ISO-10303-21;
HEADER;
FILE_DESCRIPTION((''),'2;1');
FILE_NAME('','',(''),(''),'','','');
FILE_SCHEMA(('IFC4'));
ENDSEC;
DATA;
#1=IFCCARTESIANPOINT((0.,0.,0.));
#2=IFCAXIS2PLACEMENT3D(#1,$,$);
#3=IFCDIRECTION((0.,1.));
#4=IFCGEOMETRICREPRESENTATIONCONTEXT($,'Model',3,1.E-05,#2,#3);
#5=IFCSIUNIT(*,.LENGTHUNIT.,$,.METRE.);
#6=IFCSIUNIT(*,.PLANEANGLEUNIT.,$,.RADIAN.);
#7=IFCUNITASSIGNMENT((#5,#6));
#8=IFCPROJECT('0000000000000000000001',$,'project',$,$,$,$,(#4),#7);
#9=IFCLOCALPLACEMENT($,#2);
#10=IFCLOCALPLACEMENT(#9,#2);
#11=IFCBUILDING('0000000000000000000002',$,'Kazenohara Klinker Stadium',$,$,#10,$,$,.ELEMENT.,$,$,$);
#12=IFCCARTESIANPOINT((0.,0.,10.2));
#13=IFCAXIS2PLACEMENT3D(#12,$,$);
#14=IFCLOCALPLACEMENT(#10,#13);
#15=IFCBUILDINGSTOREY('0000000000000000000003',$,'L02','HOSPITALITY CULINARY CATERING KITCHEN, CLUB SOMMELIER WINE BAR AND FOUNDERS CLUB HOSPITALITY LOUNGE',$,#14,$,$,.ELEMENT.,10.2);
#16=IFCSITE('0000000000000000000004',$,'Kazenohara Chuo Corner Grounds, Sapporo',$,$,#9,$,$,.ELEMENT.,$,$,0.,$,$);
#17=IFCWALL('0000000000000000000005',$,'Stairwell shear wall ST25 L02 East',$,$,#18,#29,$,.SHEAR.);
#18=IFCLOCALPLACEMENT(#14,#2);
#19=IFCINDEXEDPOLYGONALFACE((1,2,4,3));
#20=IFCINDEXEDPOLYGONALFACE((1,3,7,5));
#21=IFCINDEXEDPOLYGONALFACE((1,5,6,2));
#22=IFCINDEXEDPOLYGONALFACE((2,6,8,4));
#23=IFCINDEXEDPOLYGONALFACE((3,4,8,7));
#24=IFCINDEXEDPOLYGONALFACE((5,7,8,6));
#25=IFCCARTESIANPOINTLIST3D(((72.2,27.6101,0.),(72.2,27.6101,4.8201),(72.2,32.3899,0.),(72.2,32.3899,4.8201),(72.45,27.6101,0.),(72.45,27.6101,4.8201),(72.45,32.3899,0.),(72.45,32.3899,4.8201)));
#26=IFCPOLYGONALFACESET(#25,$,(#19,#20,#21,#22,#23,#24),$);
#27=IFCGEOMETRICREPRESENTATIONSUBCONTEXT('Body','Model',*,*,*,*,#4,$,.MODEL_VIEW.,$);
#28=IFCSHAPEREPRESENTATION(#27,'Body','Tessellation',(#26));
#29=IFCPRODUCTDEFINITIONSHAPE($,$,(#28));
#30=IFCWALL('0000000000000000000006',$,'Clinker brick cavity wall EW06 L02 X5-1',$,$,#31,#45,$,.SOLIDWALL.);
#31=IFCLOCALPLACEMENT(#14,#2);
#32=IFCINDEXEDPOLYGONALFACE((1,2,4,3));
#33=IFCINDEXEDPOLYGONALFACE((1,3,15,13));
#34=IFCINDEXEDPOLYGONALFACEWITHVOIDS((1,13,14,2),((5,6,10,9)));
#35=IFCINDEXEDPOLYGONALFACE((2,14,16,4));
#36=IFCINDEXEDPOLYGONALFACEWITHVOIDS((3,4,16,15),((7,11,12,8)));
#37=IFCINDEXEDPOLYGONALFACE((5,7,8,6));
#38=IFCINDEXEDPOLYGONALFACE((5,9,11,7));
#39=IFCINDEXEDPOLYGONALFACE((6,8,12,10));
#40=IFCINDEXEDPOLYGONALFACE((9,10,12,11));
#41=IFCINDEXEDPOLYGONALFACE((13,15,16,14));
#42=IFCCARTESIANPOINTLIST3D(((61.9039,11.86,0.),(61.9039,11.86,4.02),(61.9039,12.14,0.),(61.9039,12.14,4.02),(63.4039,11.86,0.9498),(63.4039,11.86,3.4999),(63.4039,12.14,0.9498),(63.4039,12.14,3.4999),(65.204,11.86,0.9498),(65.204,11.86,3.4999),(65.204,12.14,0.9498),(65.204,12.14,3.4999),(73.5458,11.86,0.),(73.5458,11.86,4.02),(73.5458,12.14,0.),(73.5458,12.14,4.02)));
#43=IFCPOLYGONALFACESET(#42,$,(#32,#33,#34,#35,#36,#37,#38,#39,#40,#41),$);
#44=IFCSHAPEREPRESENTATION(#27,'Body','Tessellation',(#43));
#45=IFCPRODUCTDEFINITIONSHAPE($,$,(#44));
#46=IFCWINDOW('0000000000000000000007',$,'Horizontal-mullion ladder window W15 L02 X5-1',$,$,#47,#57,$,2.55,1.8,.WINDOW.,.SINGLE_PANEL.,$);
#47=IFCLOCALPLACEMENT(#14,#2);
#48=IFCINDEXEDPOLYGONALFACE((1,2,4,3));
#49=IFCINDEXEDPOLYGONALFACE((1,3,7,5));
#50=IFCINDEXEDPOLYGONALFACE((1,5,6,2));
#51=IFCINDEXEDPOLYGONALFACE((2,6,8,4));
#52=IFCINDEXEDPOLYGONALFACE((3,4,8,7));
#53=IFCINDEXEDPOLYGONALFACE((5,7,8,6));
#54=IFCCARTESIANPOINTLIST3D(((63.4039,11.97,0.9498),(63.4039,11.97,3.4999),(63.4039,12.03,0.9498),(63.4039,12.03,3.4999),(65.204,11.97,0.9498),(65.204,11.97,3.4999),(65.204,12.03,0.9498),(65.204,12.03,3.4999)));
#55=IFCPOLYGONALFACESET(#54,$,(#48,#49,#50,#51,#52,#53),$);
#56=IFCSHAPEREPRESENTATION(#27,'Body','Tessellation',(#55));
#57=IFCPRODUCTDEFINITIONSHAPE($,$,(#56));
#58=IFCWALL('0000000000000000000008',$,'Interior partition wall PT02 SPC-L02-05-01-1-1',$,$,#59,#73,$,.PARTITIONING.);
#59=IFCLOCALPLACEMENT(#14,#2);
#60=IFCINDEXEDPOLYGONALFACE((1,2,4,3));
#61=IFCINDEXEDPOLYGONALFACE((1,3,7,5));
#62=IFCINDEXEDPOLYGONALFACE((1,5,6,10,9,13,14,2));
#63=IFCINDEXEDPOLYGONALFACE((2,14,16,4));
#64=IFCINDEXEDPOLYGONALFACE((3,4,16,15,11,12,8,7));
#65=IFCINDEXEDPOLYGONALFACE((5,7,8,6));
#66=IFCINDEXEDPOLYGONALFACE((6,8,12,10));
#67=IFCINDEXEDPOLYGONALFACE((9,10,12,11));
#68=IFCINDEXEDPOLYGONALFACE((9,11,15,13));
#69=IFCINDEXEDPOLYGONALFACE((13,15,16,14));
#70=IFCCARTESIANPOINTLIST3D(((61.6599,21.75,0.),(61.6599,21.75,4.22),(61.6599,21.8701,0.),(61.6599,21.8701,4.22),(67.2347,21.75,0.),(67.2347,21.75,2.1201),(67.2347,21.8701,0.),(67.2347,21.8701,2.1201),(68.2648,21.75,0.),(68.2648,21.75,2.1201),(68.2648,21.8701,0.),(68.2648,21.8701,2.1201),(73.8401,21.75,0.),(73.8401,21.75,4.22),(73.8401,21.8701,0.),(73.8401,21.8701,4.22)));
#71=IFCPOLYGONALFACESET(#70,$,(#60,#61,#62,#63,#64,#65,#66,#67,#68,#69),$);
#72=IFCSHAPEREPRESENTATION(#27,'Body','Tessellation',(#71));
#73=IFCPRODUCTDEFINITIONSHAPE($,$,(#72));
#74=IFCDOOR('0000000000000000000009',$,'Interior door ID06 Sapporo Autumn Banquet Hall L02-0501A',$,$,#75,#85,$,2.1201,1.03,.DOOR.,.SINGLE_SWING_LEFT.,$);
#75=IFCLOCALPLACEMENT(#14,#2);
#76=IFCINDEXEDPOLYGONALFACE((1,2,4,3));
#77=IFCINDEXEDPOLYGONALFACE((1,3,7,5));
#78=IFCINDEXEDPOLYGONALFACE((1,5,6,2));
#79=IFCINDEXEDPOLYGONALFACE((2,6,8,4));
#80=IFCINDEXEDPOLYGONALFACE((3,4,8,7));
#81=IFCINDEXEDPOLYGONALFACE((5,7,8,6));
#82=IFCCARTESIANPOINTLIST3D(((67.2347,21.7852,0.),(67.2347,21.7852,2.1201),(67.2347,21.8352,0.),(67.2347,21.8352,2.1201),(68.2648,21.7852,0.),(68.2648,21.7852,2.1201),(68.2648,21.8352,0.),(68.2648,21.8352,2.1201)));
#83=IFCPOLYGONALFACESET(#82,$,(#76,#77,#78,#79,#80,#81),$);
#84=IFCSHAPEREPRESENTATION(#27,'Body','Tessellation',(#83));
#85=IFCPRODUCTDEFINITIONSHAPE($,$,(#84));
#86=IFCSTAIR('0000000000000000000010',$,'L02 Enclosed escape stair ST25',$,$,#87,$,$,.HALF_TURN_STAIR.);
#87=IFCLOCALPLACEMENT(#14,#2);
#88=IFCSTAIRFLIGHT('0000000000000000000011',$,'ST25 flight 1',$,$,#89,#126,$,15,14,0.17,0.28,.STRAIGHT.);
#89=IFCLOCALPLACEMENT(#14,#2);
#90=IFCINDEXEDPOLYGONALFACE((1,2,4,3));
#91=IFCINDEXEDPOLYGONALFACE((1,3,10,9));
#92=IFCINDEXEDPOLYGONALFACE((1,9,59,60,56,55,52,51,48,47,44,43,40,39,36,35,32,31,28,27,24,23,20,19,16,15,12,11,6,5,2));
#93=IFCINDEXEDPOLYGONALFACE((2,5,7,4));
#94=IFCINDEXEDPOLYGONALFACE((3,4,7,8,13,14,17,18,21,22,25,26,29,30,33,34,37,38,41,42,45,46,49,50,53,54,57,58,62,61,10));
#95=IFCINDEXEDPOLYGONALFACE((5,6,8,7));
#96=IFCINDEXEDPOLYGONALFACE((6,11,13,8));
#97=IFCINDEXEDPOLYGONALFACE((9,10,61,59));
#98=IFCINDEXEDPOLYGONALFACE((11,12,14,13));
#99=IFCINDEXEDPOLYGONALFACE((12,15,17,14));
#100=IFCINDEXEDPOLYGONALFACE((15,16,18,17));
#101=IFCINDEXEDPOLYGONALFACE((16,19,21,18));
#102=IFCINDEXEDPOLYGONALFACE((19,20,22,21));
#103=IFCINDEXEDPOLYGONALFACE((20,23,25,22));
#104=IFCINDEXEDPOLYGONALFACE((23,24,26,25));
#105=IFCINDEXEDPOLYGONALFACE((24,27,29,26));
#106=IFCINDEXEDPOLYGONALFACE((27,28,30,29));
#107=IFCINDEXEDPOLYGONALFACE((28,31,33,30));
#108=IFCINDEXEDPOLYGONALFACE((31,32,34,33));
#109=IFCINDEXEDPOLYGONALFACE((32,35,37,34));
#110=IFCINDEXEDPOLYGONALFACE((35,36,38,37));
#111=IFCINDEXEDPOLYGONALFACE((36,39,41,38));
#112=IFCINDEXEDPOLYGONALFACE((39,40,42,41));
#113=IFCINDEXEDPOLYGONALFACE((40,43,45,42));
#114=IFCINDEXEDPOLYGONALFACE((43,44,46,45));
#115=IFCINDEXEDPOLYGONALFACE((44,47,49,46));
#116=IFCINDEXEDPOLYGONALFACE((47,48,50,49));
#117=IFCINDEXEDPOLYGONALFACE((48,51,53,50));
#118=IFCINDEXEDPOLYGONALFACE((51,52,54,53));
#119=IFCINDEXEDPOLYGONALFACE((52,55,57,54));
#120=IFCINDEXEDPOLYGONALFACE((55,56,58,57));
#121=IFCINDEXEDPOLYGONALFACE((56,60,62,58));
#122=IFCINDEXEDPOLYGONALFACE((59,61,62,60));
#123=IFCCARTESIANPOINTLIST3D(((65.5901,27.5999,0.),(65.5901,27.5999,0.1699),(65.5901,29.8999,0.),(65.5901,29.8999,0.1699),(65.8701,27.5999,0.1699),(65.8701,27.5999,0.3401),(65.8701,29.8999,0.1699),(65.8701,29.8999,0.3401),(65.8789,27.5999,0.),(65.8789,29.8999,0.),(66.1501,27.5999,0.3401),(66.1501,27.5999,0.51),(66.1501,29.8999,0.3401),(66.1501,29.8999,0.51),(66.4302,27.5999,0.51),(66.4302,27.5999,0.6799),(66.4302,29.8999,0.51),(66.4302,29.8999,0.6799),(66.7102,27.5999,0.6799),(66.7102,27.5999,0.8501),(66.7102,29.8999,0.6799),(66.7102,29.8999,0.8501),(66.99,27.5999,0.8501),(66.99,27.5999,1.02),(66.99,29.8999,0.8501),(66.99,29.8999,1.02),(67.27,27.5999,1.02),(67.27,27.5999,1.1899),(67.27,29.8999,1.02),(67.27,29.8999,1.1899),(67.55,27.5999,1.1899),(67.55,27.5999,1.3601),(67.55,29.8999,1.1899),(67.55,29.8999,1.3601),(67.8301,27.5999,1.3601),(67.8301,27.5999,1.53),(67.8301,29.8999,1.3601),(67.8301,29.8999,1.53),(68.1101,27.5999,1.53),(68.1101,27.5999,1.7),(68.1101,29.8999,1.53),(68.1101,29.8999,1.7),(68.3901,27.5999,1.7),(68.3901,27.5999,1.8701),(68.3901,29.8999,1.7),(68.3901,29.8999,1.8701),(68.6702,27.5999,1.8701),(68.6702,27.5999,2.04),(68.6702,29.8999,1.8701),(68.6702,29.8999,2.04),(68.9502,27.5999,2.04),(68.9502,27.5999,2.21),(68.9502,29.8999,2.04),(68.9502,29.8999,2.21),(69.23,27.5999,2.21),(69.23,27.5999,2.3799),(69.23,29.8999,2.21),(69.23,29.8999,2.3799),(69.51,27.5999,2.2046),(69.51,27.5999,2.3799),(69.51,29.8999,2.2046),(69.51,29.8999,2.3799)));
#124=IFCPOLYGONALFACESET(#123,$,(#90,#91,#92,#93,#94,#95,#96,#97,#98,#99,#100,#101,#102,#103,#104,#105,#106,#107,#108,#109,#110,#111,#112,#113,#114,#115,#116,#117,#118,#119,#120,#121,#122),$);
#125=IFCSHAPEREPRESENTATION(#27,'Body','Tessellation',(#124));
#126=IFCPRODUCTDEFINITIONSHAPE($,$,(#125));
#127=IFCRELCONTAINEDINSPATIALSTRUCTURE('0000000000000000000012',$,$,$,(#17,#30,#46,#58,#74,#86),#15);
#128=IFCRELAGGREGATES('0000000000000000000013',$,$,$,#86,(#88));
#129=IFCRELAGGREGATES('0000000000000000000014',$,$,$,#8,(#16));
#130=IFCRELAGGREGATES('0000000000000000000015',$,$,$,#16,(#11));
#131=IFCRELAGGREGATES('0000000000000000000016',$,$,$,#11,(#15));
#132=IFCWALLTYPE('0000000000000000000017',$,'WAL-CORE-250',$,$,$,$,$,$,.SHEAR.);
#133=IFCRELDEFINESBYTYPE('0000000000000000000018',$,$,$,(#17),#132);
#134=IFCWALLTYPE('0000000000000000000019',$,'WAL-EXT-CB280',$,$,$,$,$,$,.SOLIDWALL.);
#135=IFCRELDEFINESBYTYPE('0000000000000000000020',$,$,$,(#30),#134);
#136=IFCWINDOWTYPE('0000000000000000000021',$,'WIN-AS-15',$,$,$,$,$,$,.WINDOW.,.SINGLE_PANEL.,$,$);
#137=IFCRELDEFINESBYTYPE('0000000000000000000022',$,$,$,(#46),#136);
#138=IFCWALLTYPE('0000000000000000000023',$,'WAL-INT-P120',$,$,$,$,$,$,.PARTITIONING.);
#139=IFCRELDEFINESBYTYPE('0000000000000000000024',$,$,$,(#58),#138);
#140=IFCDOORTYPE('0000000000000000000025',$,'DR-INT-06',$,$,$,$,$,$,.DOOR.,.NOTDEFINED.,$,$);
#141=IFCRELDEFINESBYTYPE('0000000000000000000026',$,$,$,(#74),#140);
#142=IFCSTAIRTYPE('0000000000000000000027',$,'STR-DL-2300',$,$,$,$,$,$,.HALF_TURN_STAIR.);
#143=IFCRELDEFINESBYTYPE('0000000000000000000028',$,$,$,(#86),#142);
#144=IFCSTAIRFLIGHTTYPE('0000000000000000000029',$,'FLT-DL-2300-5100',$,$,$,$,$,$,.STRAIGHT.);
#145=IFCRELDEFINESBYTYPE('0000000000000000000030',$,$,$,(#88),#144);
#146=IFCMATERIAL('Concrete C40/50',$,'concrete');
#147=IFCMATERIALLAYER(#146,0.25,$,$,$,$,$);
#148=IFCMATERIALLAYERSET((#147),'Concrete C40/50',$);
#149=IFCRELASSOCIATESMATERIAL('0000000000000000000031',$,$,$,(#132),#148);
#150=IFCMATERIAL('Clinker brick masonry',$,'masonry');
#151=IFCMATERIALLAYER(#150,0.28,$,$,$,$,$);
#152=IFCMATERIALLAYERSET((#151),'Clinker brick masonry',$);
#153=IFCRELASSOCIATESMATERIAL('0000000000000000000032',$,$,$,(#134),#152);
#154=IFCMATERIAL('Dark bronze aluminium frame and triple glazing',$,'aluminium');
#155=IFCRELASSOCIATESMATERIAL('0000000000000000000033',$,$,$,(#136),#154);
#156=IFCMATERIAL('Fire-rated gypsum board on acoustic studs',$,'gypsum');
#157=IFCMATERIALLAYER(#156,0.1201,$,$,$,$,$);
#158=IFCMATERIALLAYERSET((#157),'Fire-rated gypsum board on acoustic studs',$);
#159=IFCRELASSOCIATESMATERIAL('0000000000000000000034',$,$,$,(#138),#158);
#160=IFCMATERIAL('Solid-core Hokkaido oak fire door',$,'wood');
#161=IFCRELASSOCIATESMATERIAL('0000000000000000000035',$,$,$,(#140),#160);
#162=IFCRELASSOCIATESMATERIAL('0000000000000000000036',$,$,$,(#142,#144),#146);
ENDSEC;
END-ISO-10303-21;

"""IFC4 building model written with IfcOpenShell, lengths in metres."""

from ifc_helpers import new_model, si_unit, direction, frame, frame_2d, origin, place, context, subcontext, project, spatial, polyline, rectangle, outline, extrude, material, layer, layer_set, type_object, element, fill, aggregate, save


model = new_model("IFC4")

# Units and contexts
model_context = context("Model", 3, precision=1e-05, world=origin(), true_north=direction((0.0, 1.0)))
body_context = subcontext(model_context, "Body", "Model", "MODEL_VIEW")
ifc_project = project(units=[si_unit("LENGTHUNIT", "METRE"), si_unit("PLANEANGLEUNIT", "RADIAN")], contexts=[model_context])

# Site, building, storey
site_placement = place(None, origin())
site = spatial("IfcSite", under=ifc_project, at=site_placement, Name="Kazenohara Chuo Corner Grounds, Sapporo", CompositionType="ELEMENT", RefElevation=0.0)
building_placement = place(site_placement, origin())
building = spatial("IfcBuilding", under=site, at=building_placement, Name="Kazenohara Klinker Stadium", CompositionType="ELEMENT")
storey_placement = place(building_placement, frame((0.0, 0.0, 10.2)))
storey = spatial("IfcBuildingStorey", under=building, at=storey_placement, Name="L02", Description="HOSPITALITY CULINARY CATERING KITCHEN, CLUB SOMMELIER WINE BAR AND FOUNDERS CLUB HOSPITALITY LOUNGE", CompositionType="ELEMENT", Elevation=10.2)

# Shared definitions
ifc_material_1 = material(Name="Concrete C40/50", Category="concrete")

# Shared definitions
ifc_layer_1 = layer(ifc_material_1, 0.25)
ifc_layer_set_1 = layer_set([ifc_layer_1], Name="Concrete C40/50")
wall_type_1 = type_object("IfcWallType", Name="WAL-CORE-250", PredefinedType="SHEAR", material=ifc_layer_set_1)

# Wall
for number, where, z_axis, x_axis, name in (
    (1, (72.325, 27.6101, 0.0), (0.0, 0.0, 1.0), (0.0, 1.0, 0.0), "Stairwell shear wall ST25 L02 East"),
):
    element("IfcWall", number, at=place(storey_placement, frame(where, z_axis=z_axis, x_axis=x_axis)), inside=storey, type_object=wall_type_1, Name=name, PredefinedType="SHEAR", context=body_context, shape_type="SweptSolid", body=[
        extrude(rectangle(XDim=4.7798, YDim=0.25, at=frame_2d((2.3899, 0.0))), origin(), (0.0, 0.0, 1.0), 4.8201),
    ])

# Wall, opening, window
ifc_material_2 = material(Name="Clinker brick masonry", Category="masonry")
ifc_layer_2 = layer(ifc_material_2, 0.28)
ifc_layer_set_2 = layer_set([ifc_layer_2], Name="Clinker brick masonry")
wall_type_2 = type_object("IfcWallType", Name="WAL-EXT-CB280", PredefinedType="SOLIDWALL", material=ifc_layer_set_2)
wall_1_placement = place(storey_placement, frame((61.9041, 12.0, 0.0), z_axis=(0.0, 0.0, 1.0), x_axis=(1.0, 0.0, 0.0)))
wall_1 = element("IfcWall", 2, at=wall_1_placement, inside=storey, type_object=wall_type_2, Name="Clinker brick cavity wall EW06 L02 X5-1", PredefinedType="SOLIDWALL", context=body_context, shape_type="SweptSolid", body=[
    extrude(rectangle(XDim=11.6418, YDim=0.28, at=frame_2d((5.8208, 0.0))), origin(), (0.0, 0.0, 1.0), 4.02),
])
opening_1_placement = place(wall_1_placement, frame((1.5, 0.0, 0.95)))
opening_1 = element("IfcOpeningElement", 3, at=opening_1_placement, cuts=wall_1, PredefinedType="OPENING", context=body_context, shape_type="SweptSolid", body=[
    extrude(rectangle(XDim=1.8, YDim=2.55, at=frame_2d((0.8999, 1.2749))), frame((0.0, 0.1499, 0.0), z_axis=(0.0, -1.0, 0.0), x_axis=(1.0, 0.0, 0.0)), (0.0, 0.0, 1.0), 0.3),
])
ifc_material_3 = material(Name="Dark bronze aluminium frame and triple glazing", Category="aluminium")
window_type = type_object("IfcWindowType", Name="WIN-AS-15", PartitioningType="SINGLE_PANEL", PredefinedType="WINDOW", material=ifc_material_3)
window_placement = place(opening_1_placement, origin())
window = element("IfcWindow", 4, at=window_placement, inside=storey, type_object=window_type, Name="Horizontal-mullion ladder window W15 L02 X5-1", OverallHeight=2.55, OverallWidth=1.8, PartitioningType="SINGLE_PANEL", PredefinedType="WINDOW", context=body_context, shape_type="SweptSolid", body=[
    extrude(rectangle(XDim=1.8, YDim=2.55, at=frame_2d((0.8999, 1.2749))), frame((0.0, 0.03, 0.0), z_axis=(0.0, -1.0, 0.0), x_axis=(1.0, 0.0, 0.0)), (0.0, 0.0, 1.0), 0.0601),
])
fill(opening_1, window)

# Wall, opening, door
ifc_material_4 = material(Name="Fire-rated gypsum board on acoustic studs", Category="gypsum")
ifc_layer_3 = layer(ifc_material_4, 0.1201)
ifc_layer_set_3 = layer_set([ifc_layer_3], Name="Fire-rated gypsum board on acoustic studs")
wall_type_3 = type_object("IfcWallType", Name="WAL-INT-P120", PredefinedType="PARTITIONING", material=ifc_layer_set_3)
wall_2_placement = place(storey_placement, frame((61.6599, 21.8101, 0.0), z_axis=(0.0, 0.0, 1.0), x_axis=(1.0, 0.0, 0.0)))
wall_2 = element("IfcWall", 5, at=wall_2_placement, inside=storey, type_object=wall_type_3, Name="Interior partition wall PT02 SPC-L02-05-01-1-1", PredefinedType="PARTITIONING", context=body_context, shape_type="SweptSolid", body=[
    extrude(rectangle(XDim=12.1802, YDim=0.1201, at=frame_2d((6.0901, 0.0))), origin(), (0.0, 0.0, 1.0), 4.22),
])
opening_2_placement = place(wall_2_placement, frame((6.605, 0.0, 0.0), z_axis=(0.0, 0.0, 1.0), x_axis=(-1.0, 0.0, 0.0)))
opening_2 = element("IfcOpeningElement", 6, at=opening_2_placement, cuts=wall_2, PredefinedType="OPENING", context=body_context, shape_type="SweptSolid", body=[
    extrude(rectangle(XDim=1.03, YDim=2.1201, at=frame_2d((0.5151, 1.0601))), frame((0.0, 0.0701, 0.0), z_axis=(0.0, -1.0, 0.0), x_axis=(1.0, 0.0, 0.0)), (0.0, 0.0, 1.0), 0.1401),
])
ifc_material_5 = material(Name="Solid-core Hokkaido oak fire door", Category="wood")
door_type_1 = type_object("IfcDoorType", Name="DR-INT-06", OperationType="NOTDEFINED", PredefinedType="DOOR", material=ifc_material_5)
door_1_placement = place(opening_2_placement, origin())
door_1 = element("IfcDoor", 7, at=door_1_placement, inside=storey, type_object=door_type_1, Name="Interior door ID06 Sapporo Autumn Banquet Hall L02-0501A", OperationType="SINGLE_SWING_LEFT", OverallHeight=2.1201, OverallWidth=1.03, PredefinedType="DOOR", context=body_context, shape_type="SweptSolid", body=[
    extrude(rectangle(XDim=1.03, YDim=2.1201, at=frame_2d((0.5151, 1.0601))), frame((0.0, 0.0249, 0.0), z_axis=(0.0, -1.0, 0.0), x_axis=(1.0, 0.0, 0.0)), (0.0, 0.0, 1.0), 0.05),
])
fill(opening_2, door_1)

# Stair, stair flight
stair_type = type_object("IfcStairType", Name="STR-DL-2300", PredefinedType="HALF_TURN_STAIR", material=ifc_material_1)
stair_placement = place(storey_placement, origin())
stair = element("IfcStair", 8, at=stair_placement, inside=storey, type_object=stair_type, Name="L02 Enclosed escape stair ST25", PredefinedType="HALF_TURN_STAIR")
stair_flight_type = type_object("IfcStairFlightType", Name="FLT-DL-2300-5100", PredefinedType="STRAIGHT", material=ifc_material_1)
stair_flight_placement = place(storey_placement, frame((65.5901, 28.75, 0.0), z_axis=(0.0, 0.0, 1.0), x_axis=(1.0, 0.0, 0.0)))
stair_flight = element("IfcStairFlight", 9, at=stair_flight_placement, type_object=stair_flight_type, Name="ST25 flight 1", NumberOfRisers=15, NumberOfTreads=14, PredefinedType="STRAIGHT", RiserHeight=0.17, TreadLength=0.28, context=body_context, shape_type="SweptSolid", body=[
    extrude(outline(polyline([(0.0, 0.0), (0.0, 0.1699), (0.28, 0.1699), (0.28, 0.3401), (0.5601, 0.3401), (0.5601, 0.51), (0.8401, 0.51), (0.8401, 0.6799), (1.1201, 0.6799), (1.1201, 0.8501), (1.3999, 0.8501), (1.3999, 1.02), (1.6799, 1.02), (1.6799, 1.1899), (1.96, 1.1899), (1.96, 1.3601), (2.24, 1.3601), (2.24, 1.53), (2.52, 1.53), (2.52, 1.7), (2.8, 1.7), (2.8, 1.8701), (3.0801, 1.8701), (3.0801, 2.04), (3.3601, 2.04), (3.3601, 2.21), (3.6399, 2.21), (3.6399, 2.3799), (3.9199, 2.3799), (3.9199, 2.55), (3.9199, 2.2046), (0.2888, 0.0), (0.0, 0.0)])), frame((0.0, 1.1499, 0.0), z_axis=(0.0, -1.0, 0.0), x_axis=(1.0, 0.0, 0.0)), (0.0, 0.0, 1.0), 2.3),
])
aggregate(stair, [stair_flight])

save(model, "model.ifc")
